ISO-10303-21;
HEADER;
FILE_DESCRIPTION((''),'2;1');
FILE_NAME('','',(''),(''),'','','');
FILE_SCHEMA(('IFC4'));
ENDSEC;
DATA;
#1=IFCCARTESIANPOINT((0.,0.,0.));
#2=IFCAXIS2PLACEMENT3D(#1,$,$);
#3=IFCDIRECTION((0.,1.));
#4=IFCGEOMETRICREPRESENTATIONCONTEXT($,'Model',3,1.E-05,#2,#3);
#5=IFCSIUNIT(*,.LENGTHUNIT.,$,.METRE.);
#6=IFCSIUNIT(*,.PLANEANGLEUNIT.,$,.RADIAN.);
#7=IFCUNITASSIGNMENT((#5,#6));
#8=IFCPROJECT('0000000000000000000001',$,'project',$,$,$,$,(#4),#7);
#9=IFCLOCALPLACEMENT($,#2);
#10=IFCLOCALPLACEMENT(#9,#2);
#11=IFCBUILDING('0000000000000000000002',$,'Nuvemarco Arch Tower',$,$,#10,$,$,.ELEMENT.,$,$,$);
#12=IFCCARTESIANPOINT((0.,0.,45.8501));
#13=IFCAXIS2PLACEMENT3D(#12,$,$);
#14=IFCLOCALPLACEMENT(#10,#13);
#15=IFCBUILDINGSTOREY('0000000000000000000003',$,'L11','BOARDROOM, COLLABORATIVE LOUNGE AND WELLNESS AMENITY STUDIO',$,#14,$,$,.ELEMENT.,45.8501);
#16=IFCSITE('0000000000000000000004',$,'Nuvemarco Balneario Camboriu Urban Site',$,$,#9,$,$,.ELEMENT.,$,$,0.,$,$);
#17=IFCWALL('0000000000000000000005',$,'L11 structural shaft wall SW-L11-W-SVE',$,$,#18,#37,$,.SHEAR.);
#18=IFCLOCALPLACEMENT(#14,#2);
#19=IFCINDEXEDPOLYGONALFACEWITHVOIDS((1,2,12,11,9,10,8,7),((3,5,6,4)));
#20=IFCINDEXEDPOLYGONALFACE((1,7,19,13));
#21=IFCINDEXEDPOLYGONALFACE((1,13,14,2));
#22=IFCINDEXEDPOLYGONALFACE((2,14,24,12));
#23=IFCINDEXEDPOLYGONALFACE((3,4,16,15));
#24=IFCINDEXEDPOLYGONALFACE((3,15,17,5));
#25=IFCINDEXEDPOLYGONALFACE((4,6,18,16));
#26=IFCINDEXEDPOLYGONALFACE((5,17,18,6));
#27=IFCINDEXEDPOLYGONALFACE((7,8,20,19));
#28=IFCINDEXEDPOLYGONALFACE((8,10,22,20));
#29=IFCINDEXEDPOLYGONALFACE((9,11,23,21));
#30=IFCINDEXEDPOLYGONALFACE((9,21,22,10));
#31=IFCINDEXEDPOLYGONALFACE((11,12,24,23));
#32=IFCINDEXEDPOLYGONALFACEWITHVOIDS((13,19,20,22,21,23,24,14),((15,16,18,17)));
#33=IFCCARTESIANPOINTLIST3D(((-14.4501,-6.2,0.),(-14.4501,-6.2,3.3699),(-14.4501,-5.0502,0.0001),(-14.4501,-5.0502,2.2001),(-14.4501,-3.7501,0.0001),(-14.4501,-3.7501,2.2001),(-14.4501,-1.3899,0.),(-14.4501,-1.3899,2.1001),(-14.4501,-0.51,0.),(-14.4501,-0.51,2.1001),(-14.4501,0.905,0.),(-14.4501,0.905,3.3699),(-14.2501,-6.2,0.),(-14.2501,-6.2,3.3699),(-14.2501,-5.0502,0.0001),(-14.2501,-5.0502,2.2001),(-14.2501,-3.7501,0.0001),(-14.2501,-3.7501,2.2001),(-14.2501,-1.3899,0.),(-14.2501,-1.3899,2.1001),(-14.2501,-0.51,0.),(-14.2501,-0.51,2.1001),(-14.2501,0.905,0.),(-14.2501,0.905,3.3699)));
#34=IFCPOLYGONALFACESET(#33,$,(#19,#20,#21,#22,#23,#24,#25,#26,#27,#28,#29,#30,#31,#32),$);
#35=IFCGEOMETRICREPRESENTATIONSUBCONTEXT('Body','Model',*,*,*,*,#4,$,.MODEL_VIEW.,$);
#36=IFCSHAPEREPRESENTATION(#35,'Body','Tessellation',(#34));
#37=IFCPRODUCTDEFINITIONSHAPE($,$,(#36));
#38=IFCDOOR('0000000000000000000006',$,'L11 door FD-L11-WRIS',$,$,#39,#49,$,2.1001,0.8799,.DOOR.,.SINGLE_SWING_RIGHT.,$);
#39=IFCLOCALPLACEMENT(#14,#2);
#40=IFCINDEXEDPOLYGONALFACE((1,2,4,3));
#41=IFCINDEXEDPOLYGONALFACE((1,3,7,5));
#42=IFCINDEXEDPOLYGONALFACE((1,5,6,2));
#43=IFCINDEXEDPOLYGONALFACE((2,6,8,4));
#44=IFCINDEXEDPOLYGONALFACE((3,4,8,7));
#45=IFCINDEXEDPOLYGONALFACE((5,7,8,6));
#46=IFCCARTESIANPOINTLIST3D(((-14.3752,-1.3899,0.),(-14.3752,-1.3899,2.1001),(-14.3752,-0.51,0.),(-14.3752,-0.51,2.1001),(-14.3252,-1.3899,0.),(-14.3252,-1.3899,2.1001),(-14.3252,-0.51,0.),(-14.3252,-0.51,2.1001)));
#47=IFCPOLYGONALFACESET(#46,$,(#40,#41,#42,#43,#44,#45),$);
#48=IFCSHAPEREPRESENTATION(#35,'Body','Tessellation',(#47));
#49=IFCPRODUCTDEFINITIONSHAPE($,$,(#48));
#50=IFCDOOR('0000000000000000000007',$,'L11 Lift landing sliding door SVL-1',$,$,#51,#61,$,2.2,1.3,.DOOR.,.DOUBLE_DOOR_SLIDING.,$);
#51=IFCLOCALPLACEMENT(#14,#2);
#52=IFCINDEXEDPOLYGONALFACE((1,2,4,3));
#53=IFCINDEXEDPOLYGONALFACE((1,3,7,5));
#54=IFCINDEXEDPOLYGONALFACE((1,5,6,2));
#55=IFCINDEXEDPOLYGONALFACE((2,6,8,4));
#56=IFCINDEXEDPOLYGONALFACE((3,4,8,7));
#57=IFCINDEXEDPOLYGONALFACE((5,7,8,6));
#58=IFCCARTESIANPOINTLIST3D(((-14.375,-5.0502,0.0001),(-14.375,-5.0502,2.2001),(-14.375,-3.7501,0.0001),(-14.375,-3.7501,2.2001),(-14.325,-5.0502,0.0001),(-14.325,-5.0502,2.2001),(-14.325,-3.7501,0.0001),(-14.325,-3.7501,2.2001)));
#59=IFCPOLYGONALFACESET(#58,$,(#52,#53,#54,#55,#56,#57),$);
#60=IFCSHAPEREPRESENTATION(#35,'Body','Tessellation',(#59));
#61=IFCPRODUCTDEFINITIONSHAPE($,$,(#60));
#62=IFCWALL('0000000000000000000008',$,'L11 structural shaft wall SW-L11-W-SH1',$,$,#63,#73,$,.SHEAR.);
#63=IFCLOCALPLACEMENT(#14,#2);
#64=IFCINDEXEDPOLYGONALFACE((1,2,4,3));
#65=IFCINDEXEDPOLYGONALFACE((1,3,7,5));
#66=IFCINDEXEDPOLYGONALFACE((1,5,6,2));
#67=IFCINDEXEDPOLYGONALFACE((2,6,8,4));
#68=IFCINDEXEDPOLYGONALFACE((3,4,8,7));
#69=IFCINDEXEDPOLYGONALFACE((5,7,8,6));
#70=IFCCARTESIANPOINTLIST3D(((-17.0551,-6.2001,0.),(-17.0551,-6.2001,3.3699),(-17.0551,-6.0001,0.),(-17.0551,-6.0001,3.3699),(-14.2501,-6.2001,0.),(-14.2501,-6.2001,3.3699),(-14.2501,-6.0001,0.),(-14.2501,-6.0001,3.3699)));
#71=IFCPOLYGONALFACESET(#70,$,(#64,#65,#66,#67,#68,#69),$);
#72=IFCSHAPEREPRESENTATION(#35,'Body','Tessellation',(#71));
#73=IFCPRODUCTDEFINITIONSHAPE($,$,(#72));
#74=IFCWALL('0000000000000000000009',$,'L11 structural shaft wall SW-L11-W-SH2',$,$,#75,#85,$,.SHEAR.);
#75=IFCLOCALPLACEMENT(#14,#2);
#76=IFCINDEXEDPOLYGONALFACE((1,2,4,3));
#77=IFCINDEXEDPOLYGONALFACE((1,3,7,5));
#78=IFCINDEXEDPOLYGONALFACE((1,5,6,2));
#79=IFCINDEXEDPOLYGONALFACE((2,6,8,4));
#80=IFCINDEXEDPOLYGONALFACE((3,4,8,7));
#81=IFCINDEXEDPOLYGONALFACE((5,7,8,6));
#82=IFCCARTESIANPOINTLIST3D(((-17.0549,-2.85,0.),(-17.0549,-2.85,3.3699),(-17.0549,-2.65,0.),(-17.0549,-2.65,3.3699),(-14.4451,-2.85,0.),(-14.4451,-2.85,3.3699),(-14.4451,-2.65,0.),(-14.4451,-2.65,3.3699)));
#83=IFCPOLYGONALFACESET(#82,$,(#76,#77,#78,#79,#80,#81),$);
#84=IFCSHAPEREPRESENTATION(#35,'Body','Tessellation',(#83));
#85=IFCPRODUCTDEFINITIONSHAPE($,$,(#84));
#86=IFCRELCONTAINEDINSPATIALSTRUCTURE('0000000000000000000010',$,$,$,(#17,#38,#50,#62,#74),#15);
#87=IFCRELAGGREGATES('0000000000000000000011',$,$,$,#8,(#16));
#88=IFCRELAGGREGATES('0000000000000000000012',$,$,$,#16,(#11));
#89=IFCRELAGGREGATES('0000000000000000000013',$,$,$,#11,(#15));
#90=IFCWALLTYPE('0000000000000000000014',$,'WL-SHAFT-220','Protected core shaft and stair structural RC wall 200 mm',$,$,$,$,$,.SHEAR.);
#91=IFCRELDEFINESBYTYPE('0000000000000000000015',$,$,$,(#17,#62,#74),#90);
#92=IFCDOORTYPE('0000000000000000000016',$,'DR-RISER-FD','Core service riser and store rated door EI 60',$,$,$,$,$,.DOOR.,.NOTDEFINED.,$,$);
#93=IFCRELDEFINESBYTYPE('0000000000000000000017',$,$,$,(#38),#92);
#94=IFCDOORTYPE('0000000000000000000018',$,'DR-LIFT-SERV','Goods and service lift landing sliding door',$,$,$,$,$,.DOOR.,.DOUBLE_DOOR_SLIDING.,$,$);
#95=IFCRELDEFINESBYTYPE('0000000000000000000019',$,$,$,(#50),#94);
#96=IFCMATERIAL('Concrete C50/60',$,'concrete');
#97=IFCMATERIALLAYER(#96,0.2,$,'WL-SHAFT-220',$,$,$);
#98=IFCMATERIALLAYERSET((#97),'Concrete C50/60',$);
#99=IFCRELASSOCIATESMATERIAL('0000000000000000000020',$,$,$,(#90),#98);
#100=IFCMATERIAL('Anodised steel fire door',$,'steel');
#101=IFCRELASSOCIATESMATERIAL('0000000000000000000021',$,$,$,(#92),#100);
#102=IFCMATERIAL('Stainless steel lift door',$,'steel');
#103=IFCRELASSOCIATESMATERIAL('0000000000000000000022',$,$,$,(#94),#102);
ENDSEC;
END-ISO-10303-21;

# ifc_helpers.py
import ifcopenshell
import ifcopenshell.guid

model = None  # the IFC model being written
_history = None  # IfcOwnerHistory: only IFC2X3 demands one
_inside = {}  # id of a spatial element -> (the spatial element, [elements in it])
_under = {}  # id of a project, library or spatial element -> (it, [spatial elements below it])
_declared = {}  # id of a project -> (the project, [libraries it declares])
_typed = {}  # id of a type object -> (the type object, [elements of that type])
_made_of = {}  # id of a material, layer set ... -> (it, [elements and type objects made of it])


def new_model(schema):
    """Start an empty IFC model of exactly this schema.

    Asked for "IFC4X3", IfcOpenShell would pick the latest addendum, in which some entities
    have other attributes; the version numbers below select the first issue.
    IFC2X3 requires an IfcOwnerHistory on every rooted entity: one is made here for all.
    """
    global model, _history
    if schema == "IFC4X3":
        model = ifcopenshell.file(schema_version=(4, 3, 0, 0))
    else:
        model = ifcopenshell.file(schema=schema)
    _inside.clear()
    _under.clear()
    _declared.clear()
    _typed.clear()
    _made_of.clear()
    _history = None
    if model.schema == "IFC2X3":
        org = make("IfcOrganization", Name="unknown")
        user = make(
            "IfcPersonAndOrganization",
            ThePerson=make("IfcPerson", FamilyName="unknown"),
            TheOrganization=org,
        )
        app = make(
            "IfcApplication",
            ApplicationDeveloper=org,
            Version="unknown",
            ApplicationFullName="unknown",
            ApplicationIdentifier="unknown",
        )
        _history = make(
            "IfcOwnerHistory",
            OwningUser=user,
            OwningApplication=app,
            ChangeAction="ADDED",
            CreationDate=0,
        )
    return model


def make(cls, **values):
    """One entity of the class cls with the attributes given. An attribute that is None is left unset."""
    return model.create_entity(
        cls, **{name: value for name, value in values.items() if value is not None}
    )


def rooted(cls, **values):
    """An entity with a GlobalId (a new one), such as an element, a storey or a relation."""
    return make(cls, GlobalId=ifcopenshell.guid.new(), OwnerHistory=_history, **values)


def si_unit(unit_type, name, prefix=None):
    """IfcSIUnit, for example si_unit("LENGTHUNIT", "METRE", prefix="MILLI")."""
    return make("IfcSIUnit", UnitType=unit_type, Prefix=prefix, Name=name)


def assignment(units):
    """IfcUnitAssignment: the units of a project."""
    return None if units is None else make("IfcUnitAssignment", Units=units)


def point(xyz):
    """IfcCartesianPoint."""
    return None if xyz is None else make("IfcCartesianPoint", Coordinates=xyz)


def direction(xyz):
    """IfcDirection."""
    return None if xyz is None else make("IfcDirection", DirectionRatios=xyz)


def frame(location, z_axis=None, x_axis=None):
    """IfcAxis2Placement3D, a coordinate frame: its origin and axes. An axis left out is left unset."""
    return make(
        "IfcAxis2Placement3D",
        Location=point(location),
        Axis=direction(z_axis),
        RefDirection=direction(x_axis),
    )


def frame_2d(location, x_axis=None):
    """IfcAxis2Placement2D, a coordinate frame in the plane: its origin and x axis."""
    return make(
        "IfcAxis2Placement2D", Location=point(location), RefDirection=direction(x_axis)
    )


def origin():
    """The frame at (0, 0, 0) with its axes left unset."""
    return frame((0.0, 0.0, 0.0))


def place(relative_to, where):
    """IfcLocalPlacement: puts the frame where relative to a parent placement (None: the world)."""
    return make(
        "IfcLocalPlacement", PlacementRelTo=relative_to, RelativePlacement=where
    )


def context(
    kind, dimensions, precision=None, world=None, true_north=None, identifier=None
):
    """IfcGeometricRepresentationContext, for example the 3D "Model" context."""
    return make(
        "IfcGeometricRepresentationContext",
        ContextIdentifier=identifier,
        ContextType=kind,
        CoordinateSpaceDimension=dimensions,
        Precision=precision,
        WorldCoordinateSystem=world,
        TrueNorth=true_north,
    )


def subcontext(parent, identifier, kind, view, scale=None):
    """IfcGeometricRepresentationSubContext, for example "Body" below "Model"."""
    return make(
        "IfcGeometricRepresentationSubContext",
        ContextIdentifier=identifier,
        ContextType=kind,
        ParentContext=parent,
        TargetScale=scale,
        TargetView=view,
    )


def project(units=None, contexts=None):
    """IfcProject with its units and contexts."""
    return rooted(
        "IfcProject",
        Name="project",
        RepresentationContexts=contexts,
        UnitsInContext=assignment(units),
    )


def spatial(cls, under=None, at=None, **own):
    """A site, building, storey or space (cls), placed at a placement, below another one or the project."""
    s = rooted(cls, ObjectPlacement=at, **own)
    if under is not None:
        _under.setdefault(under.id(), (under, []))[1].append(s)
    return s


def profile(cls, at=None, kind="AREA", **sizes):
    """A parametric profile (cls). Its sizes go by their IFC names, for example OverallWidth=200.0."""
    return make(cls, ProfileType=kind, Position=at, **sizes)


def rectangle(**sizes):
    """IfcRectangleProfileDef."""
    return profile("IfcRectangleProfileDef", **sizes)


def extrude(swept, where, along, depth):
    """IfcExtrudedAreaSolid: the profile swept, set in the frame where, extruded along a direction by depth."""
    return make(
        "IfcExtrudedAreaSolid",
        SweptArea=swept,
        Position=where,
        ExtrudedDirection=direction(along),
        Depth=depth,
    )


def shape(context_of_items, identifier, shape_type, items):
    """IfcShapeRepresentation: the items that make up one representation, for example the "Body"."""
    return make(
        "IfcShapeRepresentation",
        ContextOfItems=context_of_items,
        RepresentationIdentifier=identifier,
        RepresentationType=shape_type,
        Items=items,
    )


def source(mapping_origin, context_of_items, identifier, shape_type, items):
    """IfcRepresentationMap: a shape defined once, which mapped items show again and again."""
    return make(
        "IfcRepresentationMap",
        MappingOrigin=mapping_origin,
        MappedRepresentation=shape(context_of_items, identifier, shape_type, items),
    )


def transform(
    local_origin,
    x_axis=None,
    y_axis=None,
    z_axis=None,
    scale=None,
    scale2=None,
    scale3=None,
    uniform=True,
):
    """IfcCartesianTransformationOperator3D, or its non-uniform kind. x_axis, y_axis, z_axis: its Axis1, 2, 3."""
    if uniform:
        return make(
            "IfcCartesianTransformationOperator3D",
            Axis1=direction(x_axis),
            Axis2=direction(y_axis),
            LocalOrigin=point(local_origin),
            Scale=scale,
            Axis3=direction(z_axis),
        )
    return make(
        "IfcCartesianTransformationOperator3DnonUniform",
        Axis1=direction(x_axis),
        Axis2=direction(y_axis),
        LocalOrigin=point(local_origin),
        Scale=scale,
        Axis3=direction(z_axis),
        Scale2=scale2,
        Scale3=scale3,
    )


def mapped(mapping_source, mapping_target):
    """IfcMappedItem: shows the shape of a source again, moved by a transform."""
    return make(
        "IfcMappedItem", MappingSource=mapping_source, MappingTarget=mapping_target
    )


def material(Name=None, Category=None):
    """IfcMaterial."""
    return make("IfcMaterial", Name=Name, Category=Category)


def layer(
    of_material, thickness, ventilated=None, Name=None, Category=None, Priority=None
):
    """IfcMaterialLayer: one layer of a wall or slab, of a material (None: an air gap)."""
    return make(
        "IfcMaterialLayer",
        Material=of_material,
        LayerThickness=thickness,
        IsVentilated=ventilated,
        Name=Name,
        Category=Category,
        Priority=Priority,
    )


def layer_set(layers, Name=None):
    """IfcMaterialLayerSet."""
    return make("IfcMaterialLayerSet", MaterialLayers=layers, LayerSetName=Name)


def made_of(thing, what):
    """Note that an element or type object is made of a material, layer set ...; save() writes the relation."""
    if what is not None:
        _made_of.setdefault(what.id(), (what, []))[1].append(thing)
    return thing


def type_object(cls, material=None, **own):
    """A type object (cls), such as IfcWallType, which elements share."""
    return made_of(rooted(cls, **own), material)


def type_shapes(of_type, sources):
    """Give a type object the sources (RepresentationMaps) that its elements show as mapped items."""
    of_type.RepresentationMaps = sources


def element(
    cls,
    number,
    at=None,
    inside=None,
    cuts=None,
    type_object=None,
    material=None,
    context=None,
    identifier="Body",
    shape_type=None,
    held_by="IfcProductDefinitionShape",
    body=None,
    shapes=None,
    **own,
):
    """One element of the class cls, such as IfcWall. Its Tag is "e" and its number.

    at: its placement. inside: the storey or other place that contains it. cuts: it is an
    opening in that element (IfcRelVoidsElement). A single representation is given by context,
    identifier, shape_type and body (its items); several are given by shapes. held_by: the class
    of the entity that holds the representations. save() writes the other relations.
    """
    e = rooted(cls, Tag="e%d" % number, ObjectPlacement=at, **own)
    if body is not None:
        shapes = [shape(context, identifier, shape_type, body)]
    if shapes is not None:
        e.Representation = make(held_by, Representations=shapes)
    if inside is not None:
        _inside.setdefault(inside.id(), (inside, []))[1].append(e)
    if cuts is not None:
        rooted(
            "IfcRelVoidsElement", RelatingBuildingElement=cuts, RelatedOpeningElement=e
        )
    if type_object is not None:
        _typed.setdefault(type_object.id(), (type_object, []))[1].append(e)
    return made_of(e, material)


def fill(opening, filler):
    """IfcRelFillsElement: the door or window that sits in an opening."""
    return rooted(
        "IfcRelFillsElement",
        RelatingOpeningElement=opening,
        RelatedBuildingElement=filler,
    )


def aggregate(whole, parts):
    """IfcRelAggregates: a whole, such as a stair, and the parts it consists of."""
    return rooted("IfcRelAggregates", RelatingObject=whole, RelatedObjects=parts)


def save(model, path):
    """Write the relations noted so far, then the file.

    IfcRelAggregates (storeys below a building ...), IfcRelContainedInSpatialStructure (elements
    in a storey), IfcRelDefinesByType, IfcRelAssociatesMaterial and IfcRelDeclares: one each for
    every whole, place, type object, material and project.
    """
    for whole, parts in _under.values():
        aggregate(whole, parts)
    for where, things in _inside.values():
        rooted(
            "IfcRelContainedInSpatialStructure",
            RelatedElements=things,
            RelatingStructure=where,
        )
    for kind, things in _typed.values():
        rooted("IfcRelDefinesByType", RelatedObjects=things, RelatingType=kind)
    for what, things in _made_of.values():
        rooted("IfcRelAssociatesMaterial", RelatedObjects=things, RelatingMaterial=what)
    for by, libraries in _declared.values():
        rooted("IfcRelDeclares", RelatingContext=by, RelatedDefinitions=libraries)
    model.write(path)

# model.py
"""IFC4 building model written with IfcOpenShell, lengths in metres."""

from ifc_helpers import new_model, si_unit, direction, frame, frame_2d, origin, place, context, subcontext, project, spatial, rectangle, extrude, source, transform, mapped, material, layer, layer_set, type_object, type_shapes, element, fill, save


model = new_model("IFC4")

# Units and contexts
model_context = context("Model", 3, precision=1e-05, world=origin(), true_north=direction((0.0, 1.0)))
body_context = subcontext(model_context, "Body", "Model", "MODEL_VIEW")
ifc_project = project(units=[si_unit("LENGTHUNIT", "METRE"), si_unit("PLANEANGLEUNIT", "RADIAN")], contexts=[model_context])

# Site, building, storey
site_placement = place(None, origin())
site = spatial("IfcSite", under=ifc_project, at=site_placement, Name="Nuvemarco Balneario Camboriu Urban Site", CompositionType="ELEMENT", RefElevation=0.0)
building_placement = place(site_placement, origin())
building = spatial("IfcBuilding", under=site, at=building_placement, Name="Nuvemarco Arch Tower", CompositionType="ELEMENT")
storey_placement = place(building_placement, frame((0.0, 0.0, 45.8501)))
storey = spatial("IfcBuildingStorey", under=building, at=storey_placement, Name="L11", Description="BOARDROOM, COLLABORATIVE LOUNGE AND WELLNESS AMENITY STUDIO", CompositionType="ELEMENT", Elevation=45.8501)

# Shared definitions
ifc_material_1 = material(Name="Concrete C50/60", Category="concrete")
ifc_layer_1 = layer(ifc_material_1, 0.2, Name="WL-SHAFT-220")
ifc_layer_set_1 = layer_set([ifc_layer_1], Name="Concrete C50/60")
wall_type_1 = type_object("IfcWallType", Name="WL-SHAFT-220", Description="Protected core shaft and stair structural RC wall 200 mm", PredefinedType="SHEAR", material=ifc_layer_set_1)
ifc_material_2 = material(Name="Stainless steel lift door", Category="steel")

# Wall, openings, doors
wall_1_placement = place(storey_placement, frame((-14.3501, -6.2, 0.0), z_axis=(0.0, 0.0, 1.0), x_axis=(0.0, 1.0, 0.0)))
wall_1 = element("IfcWall", 1, at=wall_1_placement, inside=storey, type_object=wall_type_1, Name="L11 structural shaft wall SW-L11-W-SVE", PredefinedType="SHEAR", context=body_context, shape_type="SweptSolid", body=[
    extrude(rectangle(XDim=7.105, YDim=0.2, at=frame_2d((3.5525, 0.0))), origin(), (0.0, 0.0, 1.0), 3.3699),
])
opening_1_placement = place(wall_1_placement, frame((5.6899, 0.0, 0.0), z_axis=(0.0, 0.0, 1.0), x_axis=(-1.0, 0.0, 0.0)))
opening_1 = element("IfcOpeningElement", 2, at=opening_1_placement, cuts=wall_1, PredefinedType="OPENING", context=body_context, shape_type="SweptSolid", body=[
    extrude(rectangle(XDim=0.8799, YDim=2.1001, at=frame_2d((0.4399, 1.05))), frame((0.0, 0.1099, 0.0), z_axis=(0.0, -1.0, 0.0), x_axis=(1.0, 0.0, 0.0)), (0.0, 0.0, 1.0), 0.22),
])
opening_2_placement = place(wall_1_placement, frame((1.1499, 0.0, 0.0)))
opening_2 = element("IfcOpeningElement", 3, at=opening_2_placement, cuts=wall_1, PredefinedType="OPENING", context=body_context, shape_type="SweptSolid", body=[
    extrude(rectangle(XDim=1.3, YDim=2.2, at=frame_2d((0.6499, 1.1001))), frame((0.0, 0.1099, 0.0), z_axis=(0.0, -1.0, 0.0), x_axis=(1.0, 0.0, 0.0)), (0.0, 0.0, 1.0), 0.22),
])
ifc_material_3 = material(Name="Anodised steel fire door", Category="steel")
door_type_1 = type_object("IfcDoorType", Name="DR-RISER-FD", Description="Core service riser and store rated door EI 60", OperationType="NOTDEFINED", PredefinedType="DOOR", material=ifc_material_3)
shared_shape_1 = source(origin(), body_context, "Body", "SweptSolid", [
    extrude(rectangle(XDim=0.8799, YDim=2.1001, at=frame_2d((0.4399, 1.05))), frame((0.0, 0.0249, 0.0), z_axis=(0.0, -1.0, 0.0), x_axis=(1.0, 0.0, 0.0)), (0.0, 0.0, 1.0), 0.05),
])
type_shapes(door_type_1, [shared_shape_1])
door_1_placement = place(opening_1_placement, origin())
door_1 = element("IfcDoor", 4, at=door_1_placement, inside=storey, type_object=door_type_1, Name="L11 door FD-L11-WRIS", OperationType="SINGLE_SWING_RIGHT", OverallHeight=2.1001, OverallWidth=0.8799, PredefinedType="DOOR", context=body_context, shape_type="MappedRepresentation", body=[
    mapped(shared_shape_1, transform((0.0, 0.0, 0.0), scale=1.0)),
])
fill(opening_1, door_1)
door_type_2 = type_object("IfcDoorType", Name="DR-LIFT-SERV", Description="Goods and service lift landing sliding door", OperationType="DOUBLE_DOOR_SLIDING", PredefinedType="DOOR", material=ifc_material_2)
shared_shape_2 = source(origin(), body_context, "Body", "SweptSolid", [
    extrude(rectangle(XDim=1.3, YDim=2.2, at=frame_2d((0.6499, 1.1001))), frame((0.0, 0.0249, 0.0), z_axis=(0.0, -1.0, 0.0), x_axis=(1.0, 0.0, 0.0)), (0.0, 0.0, 1.0), 0.05),
])
type_shapes(door_type_2, [shared_shape_2])
door_2_placement = place(opening_2_placement, origin())
door_2 = element("IfcDoor", 5, at=door_2_placement, inside=storey, type_object=door_type_2, Name="L11 Lift landing sliding door SVL-1", OperationType="DOUBLE_DOOR_SLIDING", OverallHeight=2.2, OverallWidth=1.3, PredefinedType="DOOR", context=body_context, shape_type="MappedRepresentation", body=[
    mapped(shared_shape_2, transform((0.0, 0.0, 0.0), scale=1.0)),
])
fill(opening_2, door_2)

# Walls
wall_2_placement = place(storey_placement, frame((-17.0549, -6.1001, 0.0), z_axis=(0.0, 0.0, 1.0), x_axis=(1.0, 0.0, 0.0)))
element("IfcWall", 6, at=wall_2_placement, inside=storey, type_object=wall_type_1, Name="L11 structural shaft wall SW-L11-W-SH1", PredefinedType="SHEAR", context=body_context, shape_type="SweptSolid", body=[
    extrude(rectangle(XDim=2.8049, YDim=0.2, at=frame_2d((1.4023, 0.0))), origin(), (0.0, 0.0, 1.0), 3.3699),
])
wall_3_placement = place(storey_placement, frame((-17.0549, -2.75, 0.0), z_axis=(0.0, 0.0, 1.0), x_axis=(1.0, 0.0, 0.0)))
element("IfcWall", 7, at=wall_3_placement, inside=storey, type_object=wall_type_1, Name="L11 structural shaft wall SW-L11-W-SH2", PredefinedType="SHEAR", context=body_context, shape_type="SweptSolid", body=[
    extrude(rectangle(XDim=2.6099, YDim=0.2, at=frame_2d((1.3049, 0.0))), origin(), (0.0, 0.0, 1.0), 3.3699),
])

save(model, "model.ifc")
